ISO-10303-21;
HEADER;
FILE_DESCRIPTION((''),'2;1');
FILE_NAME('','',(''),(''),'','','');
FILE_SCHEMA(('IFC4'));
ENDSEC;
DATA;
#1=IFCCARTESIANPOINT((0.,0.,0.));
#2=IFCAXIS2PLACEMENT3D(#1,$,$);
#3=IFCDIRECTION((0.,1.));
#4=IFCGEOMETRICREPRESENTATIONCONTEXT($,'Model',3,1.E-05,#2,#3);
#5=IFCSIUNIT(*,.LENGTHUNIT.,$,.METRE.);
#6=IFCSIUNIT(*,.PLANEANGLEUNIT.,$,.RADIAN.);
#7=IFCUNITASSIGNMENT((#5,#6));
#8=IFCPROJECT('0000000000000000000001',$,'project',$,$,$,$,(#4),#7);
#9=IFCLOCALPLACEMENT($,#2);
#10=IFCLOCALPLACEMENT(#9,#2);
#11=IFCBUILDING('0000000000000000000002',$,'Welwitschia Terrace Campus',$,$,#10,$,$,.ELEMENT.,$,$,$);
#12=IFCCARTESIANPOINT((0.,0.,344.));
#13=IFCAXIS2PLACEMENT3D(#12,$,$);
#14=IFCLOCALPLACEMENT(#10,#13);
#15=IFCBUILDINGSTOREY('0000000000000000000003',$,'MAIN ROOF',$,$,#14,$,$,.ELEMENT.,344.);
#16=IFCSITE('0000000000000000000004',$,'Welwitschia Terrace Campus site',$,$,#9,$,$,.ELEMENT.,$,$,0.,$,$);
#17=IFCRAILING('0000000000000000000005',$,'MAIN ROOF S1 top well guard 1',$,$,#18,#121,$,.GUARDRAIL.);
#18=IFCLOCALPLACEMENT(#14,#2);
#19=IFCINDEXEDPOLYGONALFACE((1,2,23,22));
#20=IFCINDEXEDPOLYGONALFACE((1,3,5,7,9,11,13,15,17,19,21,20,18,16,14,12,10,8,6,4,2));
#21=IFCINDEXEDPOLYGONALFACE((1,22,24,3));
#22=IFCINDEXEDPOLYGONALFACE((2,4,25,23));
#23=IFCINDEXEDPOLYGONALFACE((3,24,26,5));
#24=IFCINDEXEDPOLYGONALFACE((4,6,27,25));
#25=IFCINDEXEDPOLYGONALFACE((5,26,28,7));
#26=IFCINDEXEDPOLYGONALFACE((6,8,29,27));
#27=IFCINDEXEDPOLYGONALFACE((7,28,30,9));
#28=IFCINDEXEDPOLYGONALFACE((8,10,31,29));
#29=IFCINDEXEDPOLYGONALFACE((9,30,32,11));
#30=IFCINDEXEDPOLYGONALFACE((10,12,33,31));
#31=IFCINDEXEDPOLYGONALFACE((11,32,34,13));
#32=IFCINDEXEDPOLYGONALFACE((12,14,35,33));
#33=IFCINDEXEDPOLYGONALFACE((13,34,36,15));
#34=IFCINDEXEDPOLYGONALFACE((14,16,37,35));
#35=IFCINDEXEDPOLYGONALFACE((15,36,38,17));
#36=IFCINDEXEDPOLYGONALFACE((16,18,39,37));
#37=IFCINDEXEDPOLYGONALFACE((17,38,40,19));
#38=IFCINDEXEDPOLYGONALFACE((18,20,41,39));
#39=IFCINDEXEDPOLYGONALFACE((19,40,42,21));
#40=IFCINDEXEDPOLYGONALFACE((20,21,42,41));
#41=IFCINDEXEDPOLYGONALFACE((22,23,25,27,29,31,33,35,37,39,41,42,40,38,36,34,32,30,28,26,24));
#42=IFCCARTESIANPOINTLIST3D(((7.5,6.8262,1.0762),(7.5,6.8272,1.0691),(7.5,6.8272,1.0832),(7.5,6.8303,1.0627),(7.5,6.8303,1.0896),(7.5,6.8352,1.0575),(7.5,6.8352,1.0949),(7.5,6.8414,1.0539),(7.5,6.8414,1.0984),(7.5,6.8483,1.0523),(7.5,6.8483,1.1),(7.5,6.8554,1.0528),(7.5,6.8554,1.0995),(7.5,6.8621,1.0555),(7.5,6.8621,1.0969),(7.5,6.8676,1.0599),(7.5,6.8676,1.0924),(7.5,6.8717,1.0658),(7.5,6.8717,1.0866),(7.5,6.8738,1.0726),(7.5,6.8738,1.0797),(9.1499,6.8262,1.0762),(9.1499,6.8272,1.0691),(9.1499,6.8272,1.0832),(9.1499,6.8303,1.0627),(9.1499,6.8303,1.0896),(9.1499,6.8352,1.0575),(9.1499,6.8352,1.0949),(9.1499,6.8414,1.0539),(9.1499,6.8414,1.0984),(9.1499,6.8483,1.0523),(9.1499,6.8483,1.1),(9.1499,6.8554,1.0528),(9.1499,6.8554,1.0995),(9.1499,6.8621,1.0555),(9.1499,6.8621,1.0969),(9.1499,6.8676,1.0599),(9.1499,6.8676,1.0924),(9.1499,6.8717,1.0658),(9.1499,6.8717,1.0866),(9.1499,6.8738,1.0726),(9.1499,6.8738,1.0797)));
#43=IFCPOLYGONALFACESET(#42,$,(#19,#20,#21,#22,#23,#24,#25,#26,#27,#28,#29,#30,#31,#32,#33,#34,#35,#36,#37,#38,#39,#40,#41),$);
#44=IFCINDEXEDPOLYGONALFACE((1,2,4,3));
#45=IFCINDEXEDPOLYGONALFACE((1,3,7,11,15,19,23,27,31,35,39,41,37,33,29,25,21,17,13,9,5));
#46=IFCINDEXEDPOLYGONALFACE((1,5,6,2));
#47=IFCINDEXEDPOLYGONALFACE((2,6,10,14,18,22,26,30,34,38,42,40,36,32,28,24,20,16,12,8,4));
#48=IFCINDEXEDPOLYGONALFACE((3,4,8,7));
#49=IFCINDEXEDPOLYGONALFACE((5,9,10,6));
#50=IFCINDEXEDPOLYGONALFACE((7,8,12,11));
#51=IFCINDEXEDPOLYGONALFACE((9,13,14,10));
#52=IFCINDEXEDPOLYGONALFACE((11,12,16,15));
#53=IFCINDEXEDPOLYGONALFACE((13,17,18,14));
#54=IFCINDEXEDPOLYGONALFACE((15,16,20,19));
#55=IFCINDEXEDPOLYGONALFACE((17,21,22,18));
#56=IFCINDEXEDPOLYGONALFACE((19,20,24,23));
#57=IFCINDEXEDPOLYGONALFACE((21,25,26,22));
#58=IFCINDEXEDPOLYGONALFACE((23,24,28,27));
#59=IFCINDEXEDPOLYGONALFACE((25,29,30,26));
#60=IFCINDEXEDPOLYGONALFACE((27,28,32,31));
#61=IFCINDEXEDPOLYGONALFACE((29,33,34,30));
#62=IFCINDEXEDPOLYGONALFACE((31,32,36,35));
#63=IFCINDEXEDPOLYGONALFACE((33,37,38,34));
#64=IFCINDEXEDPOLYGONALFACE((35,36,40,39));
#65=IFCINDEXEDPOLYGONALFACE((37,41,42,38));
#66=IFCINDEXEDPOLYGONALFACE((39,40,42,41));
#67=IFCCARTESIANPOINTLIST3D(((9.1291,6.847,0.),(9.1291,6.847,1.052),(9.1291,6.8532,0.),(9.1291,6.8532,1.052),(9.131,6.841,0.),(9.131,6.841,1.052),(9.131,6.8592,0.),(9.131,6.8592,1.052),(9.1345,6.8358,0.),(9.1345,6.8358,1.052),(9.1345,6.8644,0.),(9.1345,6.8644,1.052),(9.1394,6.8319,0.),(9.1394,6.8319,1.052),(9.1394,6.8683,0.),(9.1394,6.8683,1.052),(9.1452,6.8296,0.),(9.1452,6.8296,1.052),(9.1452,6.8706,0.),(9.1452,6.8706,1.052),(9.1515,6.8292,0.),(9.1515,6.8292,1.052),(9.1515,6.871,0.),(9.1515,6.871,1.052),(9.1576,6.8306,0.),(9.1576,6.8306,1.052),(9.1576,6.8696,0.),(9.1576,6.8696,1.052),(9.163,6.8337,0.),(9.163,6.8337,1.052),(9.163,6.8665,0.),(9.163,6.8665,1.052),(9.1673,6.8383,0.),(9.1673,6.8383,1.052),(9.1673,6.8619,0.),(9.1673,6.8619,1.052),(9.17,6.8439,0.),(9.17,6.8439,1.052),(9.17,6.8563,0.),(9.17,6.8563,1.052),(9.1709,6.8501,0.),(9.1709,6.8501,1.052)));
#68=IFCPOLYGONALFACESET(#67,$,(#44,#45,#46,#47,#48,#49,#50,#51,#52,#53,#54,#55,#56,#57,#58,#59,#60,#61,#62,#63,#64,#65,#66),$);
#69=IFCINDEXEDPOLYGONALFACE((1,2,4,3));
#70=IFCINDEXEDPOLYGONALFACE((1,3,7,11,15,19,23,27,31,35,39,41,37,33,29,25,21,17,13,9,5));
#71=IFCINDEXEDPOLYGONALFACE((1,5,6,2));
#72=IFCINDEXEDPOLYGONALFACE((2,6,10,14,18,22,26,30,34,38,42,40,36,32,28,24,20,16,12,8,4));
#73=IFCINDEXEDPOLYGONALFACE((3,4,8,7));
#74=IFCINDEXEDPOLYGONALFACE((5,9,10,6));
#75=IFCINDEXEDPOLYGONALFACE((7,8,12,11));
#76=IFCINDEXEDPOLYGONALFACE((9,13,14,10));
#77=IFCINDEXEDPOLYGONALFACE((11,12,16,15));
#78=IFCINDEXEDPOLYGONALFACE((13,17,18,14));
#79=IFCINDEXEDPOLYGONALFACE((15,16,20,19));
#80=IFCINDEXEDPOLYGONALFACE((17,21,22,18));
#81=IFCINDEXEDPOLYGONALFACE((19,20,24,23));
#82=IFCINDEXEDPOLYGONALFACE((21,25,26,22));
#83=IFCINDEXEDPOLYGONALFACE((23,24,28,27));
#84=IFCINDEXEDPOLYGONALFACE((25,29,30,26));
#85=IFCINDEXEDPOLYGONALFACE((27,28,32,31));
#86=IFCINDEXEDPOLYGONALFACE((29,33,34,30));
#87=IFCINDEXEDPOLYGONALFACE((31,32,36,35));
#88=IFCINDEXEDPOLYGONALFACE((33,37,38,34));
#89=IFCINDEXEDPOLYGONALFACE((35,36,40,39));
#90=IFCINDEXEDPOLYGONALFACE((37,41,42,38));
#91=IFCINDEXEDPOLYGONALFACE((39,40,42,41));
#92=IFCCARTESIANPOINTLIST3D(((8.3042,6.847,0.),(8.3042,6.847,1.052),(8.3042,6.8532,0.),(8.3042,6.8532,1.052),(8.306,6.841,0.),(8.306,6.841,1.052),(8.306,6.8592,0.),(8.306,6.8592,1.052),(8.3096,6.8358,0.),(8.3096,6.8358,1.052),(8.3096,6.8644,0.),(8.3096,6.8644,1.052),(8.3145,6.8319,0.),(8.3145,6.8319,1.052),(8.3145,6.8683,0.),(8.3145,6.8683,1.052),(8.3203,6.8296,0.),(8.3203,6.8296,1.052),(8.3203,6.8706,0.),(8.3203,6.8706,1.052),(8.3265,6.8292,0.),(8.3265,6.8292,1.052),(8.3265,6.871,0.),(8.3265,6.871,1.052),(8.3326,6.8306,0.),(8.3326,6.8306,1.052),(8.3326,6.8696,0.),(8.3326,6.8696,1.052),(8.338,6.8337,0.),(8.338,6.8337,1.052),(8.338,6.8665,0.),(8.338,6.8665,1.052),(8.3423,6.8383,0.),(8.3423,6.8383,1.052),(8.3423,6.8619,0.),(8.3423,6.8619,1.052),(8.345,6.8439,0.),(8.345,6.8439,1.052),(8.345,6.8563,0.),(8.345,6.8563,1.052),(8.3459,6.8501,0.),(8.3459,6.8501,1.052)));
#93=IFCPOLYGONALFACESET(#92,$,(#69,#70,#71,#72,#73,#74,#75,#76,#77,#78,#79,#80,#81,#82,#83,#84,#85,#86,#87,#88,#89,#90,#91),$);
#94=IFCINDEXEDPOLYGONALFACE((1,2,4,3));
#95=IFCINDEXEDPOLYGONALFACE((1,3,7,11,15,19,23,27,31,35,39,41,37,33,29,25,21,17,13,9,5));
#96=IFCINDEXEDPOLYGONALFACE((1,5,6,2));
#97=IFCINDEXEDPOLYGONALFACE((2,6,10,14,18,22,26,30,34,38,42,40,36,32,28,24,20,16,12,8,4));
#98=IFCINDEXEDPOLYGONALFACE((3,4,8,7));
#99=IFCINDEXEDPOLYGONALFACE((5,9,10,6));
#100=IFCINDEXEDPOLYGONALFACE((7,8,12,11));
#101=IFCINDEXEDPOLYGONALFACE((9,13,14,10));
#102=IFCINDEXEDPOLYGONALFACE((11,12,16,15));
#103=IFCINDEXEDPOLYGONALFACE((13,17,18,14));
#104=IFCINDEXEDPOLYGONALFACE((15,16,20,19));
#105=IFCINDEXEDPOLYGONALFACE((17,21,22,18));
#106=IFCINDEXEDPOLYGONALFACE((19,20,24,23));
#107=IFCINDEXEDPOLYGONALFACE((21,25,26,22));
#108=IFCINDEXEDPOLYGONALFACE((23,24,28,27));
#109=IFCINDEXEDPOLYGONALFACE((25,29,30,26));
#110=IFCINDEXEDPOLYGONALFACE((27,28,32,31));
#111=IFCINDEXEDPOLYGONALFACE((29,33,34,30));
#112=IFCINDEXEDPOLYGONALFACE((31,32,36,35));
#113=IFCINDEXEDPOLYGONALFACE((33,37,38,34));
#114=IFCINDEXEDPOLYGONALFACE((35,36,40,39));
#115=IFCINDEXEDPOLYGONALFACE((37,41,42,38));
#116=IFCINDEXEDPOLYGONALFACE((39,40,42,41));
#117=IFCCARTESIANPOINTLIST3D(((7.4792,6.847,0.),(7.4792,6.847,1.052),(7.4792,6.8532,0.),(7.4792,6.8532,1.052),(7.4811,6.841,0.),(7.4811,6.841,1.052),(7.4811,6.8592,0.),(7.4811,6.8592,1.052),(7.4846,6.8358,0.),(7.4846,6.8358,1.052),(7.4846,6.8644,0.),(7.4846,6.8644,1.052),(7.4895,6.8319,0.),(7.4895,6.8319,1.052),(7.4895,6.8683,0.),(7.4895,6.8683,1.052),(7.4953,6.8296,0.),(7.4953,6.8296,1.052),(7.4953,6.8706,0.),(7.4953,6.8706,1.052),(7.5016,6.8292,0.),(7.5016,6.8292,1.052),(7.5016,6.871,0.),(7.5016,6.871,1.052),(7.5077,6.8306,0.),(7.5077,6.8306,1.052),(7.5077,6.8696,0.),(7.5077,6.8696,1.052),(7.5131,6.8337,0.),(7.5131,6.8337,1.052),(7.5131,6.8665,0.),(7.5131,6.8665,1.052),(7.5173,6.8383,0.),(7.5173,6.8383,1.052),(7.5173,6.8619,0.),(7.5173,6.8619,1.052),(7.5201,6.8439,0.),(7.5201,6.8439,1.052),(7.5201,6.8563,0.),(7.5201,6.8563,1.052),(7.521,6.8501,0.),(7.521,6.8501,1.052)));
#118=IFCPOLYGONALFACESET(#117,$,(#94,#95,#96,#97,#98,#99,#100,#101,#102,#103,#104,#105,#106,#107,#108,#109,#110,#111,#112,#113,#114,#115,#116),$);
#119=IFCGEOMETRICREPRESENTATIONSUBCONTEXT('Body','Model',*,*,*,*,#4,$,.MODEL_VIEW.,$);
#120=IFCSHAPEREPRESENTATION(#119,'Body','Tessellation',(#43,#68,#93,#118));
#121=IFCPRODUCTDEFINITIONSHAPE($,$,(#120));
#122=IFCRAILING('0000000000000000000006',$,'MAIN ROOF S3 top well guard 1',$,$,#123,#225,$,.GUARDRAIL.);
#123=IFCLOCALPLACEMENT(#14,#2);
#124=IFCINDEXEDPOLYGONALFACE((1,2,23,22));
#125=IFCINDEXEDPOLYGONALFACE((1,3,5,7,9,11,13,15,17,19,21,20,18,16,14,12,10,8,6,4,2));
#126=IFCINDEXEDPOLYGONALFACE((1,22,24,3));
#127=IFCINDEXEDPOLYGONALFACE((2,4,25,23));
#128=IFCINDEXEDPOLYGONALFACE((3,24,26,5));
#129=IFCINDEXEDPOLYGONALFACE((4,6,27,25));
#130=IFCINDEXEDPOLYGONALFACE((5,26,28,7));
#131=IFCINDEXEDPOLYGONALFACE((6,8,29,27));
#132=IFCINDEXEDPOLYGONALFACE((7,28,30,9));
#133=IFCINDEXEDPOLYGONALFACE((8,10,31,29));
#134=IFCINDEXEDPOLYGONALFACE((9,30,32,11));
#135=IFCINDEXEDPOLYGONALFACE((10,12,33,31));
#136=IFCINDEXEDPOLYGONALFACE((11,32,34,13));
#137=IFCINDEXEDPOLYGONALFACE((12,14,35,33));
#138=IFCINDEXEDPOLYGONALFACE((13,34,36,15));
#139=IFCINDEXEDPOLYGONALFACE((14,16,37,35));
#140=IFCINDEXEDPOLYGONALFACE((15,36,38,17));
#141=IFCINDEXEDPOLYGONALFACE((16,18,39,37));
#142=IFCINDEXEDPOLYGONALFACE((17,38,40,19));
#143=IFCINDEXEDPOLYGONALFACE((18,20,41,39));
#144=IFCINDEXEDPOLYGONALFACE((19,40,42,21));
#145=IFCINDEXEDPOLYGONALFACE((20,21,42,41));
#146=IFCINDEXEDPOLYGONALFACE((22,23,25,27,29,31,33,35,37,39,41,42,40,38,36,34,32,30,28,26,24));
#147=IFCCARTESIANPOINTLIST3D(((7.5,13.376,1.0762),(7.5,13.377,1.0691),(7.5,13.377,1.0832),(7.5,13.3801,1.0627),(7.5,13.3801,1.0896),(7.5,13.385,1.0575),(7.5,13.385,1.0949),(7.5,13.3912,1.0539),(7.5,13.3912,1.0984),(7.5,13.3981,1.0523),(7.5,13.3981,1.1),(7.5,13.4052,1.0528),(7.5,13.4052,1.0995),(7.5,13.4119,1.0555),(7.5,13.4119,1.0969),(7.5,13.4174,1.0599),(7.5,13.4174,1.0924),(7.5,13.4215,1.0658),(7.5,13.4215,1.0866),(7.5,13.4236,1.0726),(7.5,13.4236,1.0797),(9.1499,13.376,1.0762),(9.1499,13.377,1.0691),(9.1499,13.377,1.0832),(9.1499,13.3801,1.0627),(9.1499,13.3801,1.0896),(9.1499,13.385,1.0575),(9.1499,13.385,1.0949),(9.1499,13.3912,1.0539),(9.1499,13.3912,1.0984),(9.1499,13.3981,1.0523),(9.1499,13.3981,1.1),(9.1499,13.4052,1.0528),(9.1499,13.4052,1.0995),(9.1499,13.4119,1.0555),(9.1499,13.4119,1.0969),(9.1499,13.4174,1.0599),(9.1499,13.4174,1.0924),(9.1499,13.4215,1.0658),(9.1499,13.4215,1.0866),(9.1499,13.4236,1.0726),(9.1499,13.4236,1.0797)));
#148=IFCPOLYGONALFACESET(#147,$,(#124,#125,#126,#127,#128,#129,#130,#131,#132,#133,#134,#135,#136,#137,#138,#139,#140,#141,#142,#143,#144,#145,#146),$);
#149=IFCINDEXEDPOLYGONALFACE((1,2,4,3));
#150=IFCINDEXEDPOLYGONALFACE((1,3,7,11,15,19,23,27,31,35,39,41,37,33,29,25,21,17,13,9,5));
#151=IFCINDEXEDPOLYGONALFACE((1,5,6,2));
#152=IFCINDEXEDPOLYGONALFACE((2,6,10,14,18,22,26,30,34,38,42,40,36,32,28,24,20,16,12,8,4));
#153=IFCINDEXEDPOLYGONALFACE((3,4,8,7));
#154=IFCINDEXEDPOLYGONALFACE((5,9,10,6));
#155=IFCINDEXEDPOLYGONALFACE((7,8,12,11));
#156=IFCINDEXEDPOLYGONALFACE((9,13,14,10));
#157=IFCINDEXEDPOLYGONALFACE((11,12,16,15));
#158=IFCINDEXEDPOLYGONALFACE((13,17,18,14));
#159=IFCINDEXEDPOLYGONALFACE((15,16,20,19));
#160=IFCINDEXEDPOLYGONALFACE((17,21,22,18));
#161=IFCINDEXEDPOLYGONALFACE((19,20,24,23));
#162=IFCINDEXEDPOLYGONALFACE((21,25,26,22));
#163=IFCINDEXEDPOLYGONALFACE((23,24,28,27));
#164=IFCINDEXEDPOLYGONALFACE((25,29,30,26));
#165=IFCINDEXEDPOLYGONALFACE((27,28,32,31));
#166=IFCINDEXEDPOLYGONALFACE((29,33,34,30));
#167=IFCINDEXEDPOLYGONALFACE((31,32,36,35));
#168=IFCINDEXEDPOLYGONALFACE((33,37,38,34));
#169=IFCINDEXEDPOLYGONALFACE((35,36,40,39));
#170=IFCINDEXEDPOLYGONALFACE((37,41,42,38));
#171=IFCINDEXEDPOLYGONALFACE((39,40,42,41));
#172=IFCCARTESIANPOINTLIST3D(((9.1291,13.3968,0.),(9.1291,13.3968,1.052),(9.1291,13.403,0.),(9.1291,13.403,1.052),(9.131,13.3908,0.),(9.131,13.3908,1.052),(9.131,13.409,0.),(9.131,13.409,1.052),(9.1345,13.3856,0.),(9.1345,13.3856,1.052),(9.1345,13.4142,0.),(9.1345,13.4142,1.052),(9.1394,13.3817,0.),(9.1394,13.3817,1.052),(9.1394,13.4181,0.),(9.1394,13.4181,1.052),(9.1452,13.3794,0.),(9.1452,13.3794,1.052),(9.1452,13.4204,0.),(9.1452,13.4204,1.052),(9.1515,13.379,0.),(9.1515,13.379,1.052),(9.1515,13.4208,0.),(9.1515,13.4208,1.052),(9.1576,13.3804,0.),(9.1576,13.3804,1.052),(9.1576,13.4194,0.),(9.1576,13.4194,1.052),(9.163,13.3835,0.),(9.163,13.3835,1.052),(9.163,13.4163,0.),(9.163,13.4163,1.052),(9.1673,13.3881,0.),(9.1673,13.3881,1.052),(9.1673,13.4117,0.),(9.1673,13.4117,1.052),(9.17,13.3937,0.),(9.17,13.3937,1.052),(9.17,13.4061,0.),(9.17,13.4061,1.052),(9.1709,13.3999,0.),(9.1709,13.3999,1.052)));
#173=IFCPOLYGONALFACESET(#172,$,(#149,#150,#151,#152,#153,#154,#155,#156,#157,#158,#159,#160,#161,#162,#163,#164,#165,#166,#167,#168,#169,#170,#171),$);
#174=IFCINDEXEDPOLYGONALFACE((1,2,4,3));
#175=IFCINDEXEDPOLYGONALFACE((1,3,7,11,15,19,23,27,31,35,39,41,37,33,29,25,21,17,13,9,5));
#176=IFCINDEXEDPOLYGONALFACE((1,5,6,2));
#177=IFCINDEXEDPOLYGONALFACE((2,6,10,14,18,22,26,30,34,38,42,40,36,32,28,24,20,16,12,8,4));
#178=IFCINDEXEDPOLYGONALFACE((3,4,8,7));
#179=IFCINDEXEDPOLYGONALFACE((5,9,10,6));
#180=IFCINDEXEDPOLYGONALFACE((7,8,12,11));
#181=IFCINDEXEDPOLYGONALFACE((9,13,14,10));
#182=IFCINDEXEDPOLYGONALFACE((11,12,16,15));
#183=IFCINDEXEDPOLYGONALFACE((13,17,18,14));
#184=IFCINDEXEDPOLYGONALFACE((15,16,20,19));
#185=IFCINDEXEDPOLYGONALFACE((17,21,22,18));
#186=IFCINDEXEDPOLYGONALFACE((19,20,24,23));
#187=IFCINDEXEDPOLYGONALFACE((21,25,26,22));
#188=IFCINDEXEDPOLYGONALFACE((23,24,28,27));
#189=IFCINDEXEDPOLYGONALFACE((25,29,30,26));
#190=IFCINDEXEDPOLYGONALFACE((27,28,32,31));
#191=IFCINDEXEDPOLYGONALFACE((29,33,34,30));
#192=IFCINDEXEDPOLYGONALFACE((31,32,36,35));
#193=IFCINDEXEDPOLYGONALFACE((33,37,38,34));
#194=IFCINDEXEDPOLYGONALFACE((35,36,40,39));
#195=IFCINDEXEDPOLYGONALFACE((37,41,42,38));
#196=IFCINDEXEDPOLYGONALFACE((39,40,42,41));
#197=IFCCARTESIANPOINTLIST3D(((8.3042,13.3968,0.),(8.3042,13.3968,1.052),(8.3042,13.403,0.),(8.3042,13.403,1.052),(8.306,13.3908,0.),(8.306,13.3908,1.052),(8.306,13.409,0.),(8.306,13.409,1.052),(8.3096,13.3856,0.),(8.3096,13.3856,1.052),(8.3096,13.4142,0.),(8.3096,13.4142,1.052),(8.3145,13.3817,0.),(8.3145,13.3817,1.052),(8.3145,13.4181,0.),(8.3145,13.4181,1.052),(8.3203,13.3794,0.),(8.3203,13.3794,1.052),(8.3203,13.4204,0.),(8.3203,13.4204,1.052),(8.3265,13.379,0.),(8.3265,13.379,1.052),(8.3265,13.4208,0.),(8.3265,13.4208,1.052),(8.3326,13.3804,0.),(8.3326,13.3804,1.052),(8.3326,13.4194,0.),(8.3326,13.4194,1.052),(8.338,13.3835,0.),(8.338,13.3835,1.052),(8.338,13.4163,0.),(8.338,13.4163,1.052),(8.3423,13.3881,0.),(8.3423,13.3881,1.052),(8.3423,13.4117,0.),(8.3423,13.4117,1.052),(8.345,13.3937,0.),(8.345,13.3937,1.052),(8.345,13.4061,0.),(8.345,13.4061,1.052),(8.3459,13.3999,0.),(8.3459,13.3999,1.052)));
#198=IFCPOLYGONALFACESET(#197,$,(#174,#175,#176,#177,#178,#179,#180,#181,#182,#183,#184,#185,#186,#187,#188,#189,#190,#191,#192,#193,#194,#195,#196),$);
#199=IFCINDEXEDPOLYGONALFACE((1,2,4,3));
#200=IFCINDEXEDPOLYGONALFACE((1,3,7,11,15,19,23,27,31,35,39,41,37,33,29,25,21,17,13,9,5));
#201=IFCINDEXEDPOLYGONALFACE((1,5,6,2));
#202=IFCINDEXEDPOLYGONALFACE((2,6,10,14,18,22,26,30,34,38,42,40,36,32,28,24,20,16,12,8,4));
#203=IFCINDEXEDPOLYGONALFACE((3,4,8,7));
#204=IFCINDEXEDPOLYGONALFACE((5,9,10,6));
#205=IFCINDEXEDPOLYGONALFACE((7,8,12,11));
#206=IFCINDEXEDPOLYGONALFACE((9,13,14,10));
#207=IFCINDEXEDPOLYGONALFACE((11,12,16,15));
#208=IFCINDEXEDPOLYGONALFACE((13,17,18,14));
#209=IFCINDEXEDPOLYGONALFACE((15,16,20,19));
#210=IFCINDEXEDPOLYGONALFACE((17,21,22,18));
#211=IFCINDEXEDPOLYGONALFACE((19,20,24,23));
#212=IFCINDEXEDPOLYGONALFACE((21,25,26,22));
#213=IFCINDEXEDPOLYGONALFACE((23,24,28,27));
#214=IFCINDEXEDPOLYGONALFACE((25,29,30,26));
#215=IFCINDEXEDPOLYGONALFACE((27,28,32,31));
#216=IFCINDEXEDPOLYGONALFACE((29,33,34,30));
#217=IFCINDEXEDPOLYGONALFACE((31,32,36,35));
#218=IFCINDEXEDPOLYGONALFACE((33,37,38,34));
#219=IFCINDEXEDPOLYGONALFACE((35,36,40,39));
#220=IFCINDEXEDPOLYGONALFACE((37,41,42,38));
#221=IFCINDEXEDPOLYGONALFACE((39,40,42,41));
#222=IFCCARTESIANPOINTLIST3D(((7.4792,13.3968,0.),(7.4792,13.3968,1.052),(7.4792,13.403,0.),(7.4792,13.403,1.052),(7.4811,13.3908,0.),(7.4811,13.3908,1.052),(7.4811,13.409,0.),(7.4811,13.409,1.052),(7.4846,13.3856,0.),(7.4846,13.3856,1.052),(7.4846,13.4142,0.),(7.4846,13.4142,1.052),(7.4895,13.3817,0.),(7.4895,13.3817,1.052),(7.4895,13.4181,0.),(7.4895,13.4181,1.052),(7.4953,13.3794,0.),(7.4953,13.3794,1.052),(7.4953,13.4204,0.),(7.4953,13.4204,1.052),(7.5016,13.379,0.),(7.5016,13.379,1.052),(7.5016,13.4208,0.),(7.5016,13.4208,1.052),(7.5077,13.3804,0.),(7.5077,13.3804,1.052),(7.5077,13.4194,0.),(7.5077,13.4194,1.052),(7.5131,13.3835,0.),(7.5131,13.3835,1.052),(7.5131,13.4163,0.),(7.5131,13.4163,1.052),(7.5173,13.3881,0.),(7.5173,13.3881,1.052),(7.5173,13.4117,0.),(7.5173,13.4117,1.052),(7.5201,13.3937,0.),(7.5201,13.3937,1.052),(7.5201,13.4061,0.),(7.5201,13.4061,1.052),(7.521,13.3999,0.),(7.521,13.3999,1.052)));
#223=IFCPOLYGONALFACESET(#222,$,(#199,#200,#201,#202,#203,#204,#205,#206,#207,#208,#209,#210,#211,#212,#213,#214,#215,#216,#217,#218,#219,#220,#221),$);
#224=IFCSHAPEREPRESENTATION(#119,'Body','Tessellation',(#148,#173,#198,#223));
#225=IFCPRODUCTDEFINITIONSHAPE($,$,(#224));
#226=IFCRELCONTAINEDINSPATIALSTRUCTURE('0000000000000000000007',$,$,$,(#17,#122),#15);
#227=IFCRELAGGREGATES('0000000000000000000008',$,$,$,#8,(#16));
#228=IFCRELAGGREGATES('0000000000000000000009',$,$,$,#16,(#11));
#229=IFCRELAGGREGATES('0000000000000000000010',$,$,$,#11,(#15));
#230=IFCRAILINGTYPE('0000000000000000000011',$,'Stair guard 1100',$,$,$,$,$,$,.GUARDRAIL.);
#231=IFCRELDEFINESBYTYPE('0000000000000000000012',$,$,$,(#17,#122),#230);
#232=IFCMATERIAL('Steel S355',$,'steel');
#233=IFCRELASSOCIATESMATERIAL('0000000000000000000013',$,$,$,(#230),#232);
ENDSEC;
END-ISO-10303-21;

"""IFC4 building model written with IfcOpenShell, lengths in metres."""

from ifc_helpers import new_model, si_unit, direction, frame, origin, origin_2d, place, context, subcontext, project, spatial, circle, extrude, material, type_object, element, save


model = new_model("IFC4")

# Units and contexts
model_context = context("Model", 3, precision=1e-05, world=origin(), true_north=direction((0.0, 1.0)))
body_context = subcontext(model_context, "Body", "Model", "MODEL_VIEW")
ifc_project = project(units=[si_unit("LENGTHUNIT", "METRE"), si_unit("PLANEANGLEUNIT", "RADIAN")], contexts=[model_context])

# Site, building, storey
site_placement = place(None, origin())
site = spatial("IfcSite", under=ifc_project, at=site_placement, Name="Welwitschia Terrace Campus site", CompositionType="ELEMENT", RefElevation=0.0)
building_placement = place(site_placement, origin())
building = spatial("IfcBuilding", under=site, at=building_placement, Name="Welwitschia Terrace Campus", CompositionType="ELEMENT")
storey_placement = place(building_placement, frame((0.0, 0.0, 344.0)))
storey = spatial("IfcBuildingStorey", under=building, at=storey_placement, Name="MAIN ROOF", CompositionType="ELEMENT", Elevation=344.0)

# Railings
ifc_material_1 = material(Name="Steel S355", Category="steel")
railing_type = type_object("IfcRailingType", Name="Stair guard 1100", PredefinedType="GUARDRAIL", material=ifc_material_1)
for number, where, name in (
    (1, (9.1499, 6.8501, 0.0), "MAIN ROOF S1 top well guard 1"),
    (2, (9.1499, 13.3999, 0.0), "MAIN ROOF S3 top well guard 1"),
):
    element("IfcRailing", number, at=place(storey_placement, frame(where)), inside=storey, type_object=railing_type, Name=name, PredefinedType="GUARDRAIL", context=body_context, shape_type="SweptSolid", body=[
        extrude(circle(Radius=0.0239, at=origin_2d()), frame((0.0, 0.0, 1.0762), z_axis=(-1.0, 0.0, 0.0), x_axis=(0.0, -1.0, 0.0)), (0.0, 0.0, 1.0), 1.6499),
        extrude(circle(Radius=0.021, at=origin_2d()), origin(), (0.0, 0.0, 1.0), 1.052),
        extrude(circle(Radius=0.021, at=origin_2d()), frame((-0.825, 0.0, 0.0)), (0.0, 0.0, 1.0), 1.052),
        extrude(circle(Radius=0.021, at=origin_2d()), frame((-1.6499, 0.0, 0.0)), (0.0, 0.0, 1.0), 1.052),
    ])

save(model, "model.ifc")
